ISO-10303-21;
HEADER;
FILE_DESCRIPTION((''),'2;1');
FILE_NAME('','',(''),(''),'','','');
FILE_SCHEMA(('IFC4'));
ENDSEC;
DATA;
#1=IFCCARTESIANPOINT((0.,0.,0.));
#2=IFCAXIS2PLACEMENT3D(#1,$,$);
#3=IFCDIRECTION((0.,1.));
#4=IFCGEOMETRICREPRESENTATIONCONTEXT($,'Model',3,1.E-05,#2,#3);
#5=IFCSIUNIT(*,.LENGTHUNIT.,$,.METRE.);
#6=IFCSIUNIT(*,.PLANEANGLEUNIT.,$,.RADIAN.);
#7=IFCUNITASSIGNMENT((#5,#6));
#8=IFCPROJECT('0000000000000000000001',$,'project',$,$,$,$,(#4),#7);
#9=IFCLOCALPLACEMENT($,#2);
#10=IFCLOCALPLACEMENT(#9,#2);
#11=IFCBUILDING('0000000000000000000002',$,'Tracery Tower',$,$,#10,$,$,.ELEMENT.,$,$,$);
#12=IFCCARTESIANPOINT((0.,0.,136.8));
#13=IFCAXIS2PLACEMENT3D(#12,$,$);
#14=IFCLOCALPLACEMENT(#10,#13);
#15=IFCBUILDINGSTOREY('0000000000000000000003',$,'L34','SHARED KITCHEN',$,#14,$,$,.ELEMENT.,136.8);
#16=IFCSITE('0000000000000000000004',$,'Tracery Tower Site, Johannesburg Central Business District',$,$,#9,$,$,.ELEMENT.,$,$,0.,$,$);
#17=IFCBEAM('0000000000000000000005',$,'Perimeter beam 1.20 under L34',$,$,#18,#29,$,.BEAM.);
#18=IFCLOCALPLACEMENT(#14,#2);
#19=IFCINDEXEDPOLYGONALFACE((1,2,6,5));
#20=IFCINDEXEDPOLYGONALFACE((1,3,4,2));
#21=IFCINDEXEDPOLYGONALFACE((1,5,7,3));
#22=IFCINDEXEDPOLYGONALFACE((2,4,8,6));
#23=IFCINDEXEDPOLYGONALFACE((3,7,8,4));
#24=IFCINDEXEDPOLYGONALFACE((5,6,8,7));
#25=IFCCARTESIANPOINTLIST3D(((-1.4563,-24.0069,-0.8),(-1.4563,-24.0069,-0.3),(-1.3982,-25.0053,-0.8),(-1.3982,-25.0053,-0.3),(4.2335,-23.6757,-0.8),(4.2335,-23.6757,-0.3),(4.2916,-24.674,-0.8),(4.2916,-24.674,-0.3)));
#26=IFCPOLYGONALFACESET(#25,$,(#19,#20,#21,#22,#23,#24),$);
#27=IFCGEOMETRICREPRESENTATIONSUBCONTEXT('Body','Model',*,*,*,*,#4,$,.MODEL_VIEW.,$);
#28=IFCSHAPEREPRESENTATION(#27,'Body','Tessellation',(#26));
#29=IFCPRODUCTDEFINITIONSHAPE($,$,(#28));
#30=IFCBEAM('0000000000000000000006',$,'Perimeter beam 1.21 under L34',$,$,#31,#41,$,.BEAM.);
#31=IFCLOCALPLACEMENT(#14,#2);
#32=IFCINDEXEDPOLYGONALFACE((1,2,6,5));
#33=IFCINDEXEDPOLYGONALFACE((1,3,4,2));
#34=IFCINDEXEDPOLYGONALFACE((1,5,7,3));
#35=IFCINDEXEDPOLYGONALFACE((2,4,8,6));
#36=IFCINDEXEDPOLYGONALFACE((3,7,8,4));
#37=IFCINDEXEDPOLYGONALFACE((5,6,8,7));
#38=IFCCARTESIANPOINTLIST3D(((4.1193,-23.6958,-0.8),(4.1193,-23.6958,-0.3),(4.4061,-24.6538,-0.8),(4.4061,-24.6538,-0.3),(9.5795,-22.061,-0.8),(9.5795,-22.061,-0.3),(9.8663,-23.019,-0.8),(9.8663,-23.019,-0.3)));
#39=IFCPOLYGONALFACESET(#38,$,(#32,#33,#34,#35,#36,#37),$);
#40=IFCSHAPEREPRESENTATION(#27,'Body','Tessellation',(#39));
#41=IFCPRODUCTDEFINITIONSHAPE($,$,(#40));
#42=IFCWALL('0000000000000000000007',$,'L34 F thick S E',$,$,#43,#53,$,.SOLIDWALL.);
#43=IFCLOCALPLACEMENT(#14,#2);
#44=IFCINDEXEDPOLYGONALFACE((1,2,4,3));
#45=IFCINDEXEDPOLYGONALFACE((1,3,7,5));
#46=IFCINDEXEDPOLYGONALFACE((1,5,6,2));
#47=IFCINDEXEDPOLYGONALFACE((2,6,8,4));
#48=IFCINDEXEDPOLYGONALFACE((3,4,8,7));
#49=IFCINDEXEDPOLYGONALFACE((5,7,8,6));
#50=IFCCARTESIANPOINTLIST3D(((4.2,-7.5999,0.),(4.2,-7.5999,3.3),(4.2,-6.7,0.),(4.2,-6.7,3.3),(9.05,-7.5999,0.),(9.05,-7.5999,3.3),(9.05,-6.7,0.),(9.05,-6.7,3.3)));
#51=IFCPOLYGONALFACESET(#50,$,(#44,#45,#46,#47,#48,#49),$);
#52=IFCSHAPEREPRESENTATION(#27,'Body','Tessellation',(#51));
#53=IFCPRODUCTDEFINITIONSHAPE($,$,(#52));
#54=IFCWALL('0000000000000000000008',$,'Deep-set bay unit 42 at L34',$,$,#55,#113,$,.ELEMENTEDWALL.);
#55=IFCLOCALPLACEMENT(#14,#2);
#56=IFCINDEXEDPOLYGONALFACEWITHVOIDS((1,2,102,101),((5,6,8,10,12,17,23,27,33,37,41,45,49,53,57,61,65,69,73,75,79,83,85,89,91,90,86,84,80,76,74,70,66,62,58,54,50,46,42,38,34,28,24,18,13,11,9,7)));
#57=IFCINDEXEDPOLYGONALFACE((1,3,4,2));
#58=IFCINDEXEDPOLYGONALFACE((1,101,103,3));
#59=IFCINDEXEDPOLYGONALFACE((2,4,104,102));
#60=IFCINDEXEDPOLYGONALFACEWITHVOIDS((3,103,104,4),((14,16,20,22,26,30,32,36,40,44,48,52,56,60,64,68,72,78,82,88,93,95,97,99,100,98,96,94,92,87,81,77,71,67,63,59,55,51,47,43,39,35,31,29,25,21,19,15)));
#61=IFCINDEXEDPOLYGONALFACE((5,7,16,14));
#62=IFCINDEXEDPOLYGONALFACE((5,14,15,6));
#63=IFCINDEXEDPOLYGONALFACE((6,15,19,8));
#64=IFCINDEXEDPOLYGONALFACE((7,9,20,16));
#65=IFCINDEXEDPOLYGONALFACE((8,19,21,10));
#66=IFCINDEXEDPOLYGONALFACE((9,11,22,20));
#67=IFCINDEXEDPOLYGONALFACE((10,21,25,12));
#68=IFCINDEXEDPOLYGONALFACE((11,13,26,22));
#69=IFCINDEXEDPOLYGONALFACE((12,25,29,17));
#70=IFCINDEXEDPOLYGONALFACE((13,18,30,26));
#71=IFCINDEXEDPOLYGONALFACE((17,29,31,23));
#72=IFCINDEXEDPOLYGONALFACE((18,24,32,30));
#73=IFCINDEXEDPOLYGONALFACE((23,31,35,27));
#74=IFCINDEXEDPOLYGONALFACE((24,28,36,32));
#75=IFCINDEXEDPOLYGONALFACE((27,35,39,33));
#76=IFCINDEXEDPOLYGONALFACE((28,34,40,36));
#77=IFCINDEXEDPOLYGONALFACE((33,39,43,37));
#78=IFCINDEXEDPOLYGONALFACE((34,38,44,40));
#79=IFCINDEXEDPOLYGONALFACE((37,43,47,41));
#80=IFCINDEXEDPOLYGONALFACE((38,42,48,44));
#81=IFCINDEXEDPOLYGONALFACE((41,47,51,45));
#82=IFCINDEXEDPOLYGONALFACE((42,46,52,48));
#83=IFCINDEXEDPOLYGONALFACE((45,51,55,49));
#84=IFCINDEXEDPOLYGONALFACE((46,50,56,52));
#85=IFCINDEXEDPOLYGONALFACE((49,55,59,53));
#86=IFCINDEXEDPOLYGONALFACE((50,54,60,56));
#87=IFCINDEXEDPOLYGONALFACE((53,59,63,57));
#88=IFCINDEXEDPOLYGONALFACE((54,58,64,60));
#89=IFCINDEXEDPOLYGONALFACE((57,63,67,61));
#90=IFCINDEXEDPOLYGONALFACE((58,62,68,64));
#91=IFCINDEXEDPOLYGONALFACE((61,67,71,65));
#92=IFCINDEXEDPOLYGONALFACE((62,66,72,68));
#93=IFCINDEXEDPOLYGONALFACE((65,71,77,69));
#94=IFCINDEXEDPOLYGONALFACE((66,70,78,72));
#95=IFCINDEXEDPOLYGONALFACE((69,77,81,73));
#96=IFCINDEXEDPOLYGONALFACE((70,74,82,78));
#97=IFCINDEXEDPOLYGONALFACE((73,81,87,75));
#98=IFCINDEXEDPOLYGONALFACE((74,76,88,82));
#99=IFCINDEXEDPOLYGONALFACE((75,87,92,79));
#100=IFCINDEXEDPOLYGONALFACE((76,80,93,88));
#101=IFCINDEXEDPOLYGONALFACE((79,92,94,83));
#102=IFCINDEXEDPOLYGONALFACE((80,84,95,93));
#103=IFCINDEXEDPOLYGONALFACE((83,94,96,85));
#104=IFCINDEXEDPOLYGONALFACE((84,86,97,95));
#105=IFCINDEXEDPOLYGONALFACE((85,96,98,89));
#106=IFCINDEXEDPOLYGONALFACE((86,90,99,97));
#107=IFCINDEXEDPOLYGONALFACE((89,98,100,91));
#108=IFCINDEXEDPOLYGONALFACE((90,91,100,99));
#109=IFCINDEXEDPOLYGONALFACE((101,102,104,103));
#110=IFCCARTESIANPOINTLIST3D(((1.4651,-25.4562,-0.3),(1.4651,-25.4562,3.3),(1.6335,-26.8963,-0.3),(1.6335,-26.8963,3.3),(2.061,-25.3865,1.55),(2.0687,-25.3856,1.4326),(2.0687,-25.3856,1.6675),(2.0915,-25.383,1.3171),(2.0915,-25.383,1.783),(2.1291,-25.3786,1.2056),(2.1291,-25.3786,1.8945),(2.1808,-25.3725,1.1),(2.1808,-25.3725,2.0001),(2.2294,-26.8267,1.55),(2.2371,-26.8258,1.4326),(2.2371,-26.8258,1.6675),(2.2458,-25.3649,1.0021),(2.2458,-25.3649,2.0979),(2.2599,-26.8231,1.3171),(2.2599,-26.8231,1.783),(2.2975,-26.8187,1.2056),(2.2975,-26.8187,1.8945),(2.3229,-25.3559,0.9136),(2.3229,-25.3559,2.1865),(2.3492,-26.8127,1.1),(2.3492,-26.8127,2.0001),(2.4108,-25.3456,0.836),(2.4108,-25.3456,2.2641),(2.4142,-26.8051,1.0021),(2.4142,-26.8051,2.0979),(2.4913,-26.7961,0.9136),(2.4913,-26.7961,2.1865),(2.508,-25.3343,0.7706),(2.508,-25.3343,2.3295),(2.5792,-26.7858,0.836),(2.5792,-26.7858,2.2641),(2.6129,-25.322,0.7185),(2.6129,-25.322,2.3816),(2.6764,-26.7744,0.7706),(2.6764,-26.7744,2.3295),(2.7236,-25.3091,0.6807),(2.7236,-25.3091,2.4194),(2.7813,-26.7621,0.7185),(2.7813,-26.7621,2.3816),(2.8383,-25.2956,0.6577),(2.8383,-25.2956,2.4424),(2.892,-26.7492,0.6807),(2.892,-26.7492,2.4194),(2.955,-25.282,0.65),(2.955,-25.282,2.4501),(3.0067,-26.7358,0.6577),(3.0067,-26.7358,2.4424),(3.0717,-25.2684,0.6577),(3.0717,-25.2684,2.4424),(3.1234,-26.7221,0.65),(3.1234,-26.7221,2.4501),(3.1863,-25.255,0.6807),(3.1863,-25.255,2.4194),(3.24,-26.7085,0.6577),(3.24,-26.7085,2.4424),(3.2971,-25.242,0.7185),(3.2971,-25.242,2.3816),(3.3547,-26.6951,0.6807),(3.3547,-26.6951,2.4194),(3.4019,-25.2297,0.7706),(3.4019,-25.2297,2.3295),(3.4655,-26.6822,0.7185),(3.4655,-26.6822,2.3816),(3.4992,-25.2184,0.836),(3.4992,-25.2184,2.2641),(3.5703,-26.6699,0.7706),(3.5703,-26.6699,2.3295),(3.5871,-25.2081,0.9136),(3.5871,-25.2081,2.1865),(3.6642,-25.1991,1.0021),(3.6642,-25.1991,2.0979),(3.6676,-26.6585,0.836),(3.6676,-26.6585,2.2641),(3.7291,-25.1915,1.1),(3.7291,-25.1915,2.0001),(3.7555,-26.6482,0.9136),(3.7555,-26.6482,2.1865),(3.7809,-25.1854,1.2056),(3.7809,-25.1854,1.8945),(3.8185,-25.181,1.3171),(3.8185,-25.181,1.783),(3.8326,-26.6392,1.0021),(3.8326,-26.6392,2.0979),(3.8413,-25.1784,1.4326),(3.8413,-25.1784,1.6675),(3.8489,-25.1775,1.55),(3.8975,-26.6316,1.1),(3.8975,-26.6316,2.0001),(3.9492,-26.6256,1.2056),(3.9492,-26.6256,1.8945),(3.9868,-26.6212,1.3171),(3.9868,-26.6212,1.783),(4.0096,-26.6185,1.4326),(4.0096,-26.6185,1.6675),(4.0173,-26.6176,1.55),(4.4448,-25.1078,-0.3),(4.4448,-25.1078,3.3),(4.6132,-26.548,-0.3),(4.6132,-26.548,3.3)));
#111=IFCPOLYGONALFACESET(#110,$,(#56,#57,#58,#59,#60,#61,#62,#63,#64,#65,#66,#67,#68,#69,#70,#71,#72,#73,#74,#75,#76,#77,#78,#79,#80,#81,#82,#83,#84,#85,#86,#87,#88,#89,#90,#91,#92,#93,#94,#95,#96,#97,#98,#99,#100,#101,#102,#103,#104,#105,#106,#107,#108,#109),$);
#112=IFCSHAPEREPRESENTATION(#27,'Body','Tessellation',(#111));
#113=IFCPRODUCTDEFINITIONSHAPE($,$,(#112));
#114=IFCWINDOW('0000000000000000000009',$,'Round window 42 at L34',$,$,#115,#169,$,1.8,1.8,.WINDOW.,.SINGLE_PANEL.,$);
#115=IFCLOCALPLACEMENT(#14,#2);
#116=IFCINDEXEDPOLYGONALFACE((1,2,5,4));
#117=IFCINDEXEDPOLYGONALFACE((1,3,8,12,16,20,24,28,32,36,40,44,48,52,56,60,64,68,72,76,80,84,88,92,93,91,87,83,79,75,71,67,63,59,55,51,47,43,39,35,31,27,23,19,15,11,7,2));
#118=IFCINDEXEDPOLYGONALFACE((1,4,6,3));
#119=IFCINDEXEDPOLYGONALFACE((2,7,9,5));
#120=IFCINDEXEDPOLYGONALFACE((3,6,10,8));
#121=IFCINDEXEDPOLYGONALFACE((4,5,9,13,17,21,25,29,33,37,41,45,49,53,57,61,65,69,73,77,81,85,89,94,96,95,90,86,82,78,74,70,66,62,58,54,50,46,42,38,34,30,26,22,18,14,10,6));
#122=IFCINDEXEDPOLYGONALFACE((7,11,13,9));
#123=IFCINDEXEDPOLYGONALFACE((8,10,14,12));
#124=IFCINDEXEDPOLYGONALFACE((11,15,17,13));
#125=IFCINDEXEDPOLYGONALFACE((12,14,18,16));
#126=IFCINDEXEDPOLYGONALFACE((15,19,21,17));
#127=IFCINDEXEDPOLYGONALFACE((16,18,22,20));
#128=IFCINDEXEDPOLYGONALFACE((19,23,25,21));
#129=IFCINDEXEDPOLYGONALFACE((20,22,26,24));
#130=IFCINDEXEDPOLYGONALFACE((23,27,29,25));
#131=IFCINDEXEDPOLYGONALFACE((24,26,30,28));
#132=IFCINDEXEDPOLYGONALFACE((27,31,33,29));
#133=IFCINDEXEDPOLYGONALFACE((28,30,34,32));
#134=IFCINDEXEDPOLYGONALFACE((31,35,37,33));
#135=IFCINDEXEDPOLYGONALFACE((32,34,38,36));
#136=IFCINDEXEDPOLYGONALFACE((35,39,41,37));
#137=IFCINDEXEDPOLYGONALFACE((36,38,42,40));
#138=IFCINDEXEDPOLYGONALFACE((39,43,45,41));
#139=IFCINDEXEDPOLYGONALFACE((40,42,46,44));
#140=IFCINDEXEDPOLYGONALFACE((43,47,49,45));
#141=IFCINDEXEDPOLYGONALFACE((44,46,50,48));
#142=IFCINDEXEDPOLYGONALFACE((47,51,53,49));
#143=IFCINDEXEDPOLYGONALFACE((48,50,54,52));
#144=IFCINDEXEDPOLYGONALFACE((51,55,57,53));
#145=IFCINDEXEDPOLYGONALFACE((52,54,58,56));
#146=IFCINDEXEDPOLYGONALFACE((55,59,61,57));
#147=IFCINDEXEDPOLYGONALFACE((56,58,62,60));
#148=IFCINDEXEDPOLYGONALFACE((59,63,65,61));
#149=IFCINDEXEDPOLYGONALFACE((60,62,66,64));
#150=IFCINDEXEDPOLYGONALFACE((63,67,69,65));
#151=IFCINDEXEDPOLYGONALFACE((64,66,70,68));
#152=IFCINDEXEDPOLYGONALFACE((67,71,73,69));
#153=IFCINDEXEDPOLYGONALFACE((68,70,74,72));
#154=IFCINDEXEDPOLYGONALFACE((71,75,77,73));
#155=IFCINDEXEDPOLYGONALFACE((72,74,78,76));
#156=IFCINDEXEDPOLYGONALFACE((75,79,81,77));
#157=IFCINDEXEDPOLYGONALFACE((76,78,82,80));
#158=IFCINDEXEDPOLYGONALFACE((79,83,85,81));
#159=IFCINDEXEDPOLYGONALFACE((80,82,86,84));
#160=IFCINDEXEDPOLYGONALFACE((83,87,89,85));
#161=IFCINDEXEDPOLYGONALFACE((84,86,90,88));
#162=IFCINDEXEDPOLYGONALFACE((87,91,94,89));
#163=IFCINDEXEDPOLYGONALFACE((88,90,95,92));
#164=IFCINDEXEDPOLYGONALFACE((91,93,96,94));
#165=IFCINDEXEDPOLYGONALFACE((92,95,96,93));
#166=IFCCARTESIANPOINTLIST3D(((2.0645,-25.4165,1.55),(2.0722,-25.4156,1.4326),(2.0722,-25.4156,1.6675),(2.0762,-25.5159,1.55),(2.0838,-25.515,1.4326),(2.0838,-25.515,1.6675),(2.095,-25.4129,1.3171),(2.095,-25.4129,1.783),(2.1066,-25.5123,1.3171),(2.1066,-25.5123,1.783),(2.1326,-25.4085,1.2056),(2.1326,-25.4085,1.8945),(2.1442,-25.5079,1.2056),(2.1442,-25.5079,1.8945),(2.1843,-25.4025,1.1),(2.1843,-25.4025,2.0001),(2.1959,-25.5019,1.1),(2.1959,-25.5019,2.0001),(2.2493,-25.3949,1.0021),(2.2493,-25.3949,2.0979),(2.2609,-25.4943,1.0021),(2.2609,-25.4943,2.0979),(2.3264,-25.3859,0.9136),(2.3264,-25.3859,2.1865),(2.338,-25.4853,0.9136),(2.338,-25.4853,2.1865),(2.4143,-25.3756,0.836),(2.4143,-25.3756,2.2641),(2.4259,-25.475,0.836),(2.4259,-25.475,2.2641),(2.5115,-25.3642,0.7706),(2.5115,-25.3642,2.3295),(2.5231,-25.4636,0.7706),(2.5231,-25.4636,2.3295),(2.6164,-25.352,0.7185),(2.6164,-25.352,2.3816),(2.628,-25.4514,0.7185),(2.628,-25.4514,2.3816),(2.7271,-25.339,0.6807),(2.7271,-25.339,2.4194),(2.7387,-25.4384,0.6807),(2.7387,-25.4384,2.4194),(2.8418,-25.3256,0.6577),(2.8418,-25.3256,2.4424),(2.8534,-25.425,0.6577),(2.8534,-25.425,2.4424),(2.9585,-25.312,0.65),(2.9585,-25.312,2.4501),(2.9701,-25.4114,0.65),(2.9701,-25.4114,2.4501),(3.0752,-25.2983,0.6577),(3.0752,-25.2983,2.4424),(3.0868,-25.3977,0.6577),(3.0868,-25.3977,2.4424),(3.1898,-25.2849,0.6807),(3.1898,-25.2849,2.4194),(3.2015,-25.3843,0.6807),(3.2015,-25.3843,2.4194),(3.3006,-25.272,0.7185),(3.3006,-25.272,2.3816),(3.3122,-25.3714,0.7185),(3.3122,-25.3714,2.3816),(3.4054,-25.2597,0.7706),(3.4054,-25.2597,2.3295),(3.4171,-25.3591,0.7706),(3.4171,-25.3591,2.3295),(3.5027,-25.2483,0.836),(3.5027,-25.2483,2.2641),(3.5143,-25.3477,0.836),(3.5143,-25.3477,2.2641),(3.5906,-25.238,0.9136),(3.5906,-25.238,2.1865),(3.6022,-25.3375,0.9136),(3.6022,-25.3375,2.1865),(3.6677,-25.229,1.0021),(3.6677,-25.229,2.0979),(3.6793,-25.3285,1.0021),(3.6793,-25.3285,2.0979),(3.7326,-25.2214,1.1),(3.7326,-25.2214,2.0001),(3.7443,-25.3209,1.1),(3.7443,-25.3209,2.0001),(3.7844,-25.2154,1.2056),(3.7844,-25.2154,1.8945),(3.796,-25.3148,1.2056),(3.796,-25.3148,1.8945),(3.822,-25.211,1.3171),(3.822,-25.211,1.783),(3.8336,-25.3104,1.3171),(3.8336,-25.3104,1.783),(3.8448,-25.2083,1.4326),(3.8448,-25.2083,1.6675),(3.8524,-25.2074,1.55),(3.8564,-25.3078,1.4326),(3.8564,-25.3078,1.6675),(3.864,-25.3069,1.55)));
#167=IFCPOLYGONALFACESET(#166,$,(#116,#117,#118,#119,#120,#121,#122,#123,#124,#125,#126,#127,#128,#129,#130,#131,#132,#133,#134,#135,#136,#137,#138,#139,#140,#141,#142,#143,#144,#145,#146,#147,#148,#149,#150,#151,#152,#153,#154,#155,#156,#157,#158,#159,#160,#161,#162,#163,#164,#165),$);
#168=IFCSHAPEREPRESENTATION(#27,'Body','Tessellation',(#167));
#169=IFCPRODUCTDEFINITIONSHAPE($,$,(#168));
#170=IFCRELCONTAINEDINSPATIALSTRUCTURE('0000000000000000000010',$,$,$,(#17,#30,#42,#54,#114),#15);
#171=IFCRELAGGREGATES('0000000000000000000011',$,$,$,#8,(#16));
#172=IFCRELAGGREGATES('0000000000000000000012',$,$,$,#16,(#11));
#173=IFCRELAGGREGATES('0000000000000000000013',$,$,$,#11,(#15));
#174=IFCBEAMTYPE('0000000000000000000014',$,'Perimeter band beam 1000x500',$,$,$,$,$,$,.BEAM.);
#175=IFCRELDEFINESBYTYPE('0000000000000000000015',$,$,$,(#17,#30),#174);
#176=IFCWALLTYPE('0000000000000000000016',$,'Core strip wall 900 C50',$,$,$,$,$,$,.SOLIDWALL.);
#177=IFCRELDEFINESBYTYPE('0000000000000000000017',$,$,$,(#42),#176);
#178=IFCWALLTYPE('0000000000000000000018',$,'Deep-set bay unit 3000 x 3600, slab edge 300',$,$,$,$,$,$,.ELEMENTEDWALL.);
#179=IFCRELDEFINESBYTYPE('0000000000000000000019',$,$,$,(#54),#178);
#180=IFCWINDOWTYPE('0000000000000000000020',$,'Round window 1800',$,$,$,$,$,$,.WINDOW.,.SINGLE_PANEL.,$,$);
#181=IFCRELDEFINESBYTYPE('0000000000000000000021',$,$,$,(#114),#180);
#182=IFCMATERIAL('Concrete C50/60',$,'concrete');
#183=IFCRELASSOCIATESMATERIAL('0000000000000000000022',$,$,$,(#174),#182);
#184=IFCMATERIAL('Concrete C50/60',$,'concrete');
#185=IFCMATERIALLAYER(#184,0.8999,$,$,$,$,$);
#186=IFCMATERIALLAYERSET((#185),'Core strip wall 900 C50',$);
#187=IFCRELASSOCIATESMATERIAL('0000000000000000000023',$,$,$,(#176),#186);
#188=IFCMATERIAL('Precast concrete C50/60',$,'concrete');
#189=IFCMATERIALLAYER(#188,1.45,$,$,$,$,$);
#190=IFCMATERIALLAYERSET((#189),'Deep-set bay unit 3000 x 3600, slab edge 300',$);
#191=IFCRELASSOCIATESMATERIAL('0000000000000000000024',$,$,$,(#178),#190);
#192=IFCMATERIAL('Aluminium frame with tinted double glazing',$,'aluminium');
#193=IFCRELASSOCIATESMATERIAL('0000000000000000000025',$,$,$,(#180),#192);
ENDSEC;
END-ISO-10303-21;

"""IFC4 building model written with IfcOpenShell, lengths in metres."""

from ifc_helpers import new_model, si_unit, direction, frame, frame_2d, origin, origin_2d, place, context, subcontext, project, spatial, rectangle, circle, extrude, material, layer, layer_set, material_profile, profile_set, type_object, element, fill, save


model = new_model("IFC4")

# Units and contexts
model_context = context("Model", 3, precision=1e-05, world=origin(), true_north=direction((0.0, 1.0)))
body_context = subcontext(model_context, "Body", "Model", "MODEL_VIEW")
ifc_project = project(units=[si_unit("LENGTHUNIT", "METRE"), si_unit("PLANEANGLEUNIT", "RADIAN")], contexts=[model_context])

# Site, building, storey
site_placement = place(None, origin())
site = spatial("IfcSite", under=ifc_project, at=site_placement, Name="Tracery Tower Site, Johannesburg Central Business District", CompositionType="ELEMENT", RefElevation=0.0)
building_placement = place(site_placement, origin())
building = spatial("IfcBuilding", under=site, at=building_placement, Name="Tracery Tower", CompositionType="ELEMENT")
storey_placement = place(building_placement, frame((0.0, 0.0, 136.8)))
storey = spatial("IfcBuildingStorey", under=building, at=storey_placement, Name="L34", Description="SHARED KITCHEN", CompositionType="ELEMENT", Elevation=136.8)

# Beams
ifc_material_1 = material(Name="Concrete C50/60", Category="concrete")
ifc_material_profile_1 = material_profile(ifc_material_1, rectangle(XDim=1.0, YDim=0.5, at=origin_2d()), Name="RC 1000x500")
ifc_profile_set_1 = profile_set([ifc_material_profile_1], Name="Concrete C50/60")
beam_type = type_object("IfcBeamType", Name="Perimeter band beam 1000x500", PredefinedType="BEAM", material=ifc_profile_set_1)
beam_1_placement = place(storey_placement, frame((-1.4272, -24.5061, -0.55), z_axis=(0.998309, 0.058127, 0.0), x_axis=(-0.058127, 0.998309, 0.0)))
element("IfcBeam", 1, at=beam_1_placement, inside=storey, type_object=beam_type, Name="Perimeter beam 1.20 under L34", PredefinedType="BEAM", context=body_context, shape_type="SweptSolid", body=[
    extrude(rectangle(XDim=1.0, YDim=0.5, at=origin_2d()), origin(), (0.0, 0.0, 1.0), 5.6995),
])
beam_2_placement = place(storey_placement, frame((4.2627, -24.1748, -0.55), z_axis=(0.957985, 0.286817, 0.0), x_axis=(-0.286817, 0.957985, 0.0)))
element("IfcBeam", 2, at=beam_2_placement, inside=storey, type_object=beam_type, Name="Perimeter beam 1.21 under L34", PredefinedType="BEAM", context=body_context, shape_type="SweptSolid", body=[
    extrude(rectangle(XDim=1.0, YDim=0.5, at=origin_2d()), origin(), (0.0, 0.0, 1.0), 5.6997),
])

# Wall
ifc_material_2 = material(Name="Concrete C50/60", Category="concrete")
ifc_layer_1 = layer(ifc_material_2, 0.8999)
ifc_layer_set_1 = layer_set([ifc_layer_1], Name="Core strip wall 900 C50")
wall_type_1 = type_object("IfcWallType", Name="Core strip wall 900 C50", PredefinedType="SOLIDWALL", material=ifc_layer_set_1)
wall_1_placement = place(storey_placement, frame((4.2, -7.1499, 0.0), z_axis=(0.0, 0.0, 1.0), x_axis=(1.0, 0.0, 0.0)))
element("IfcWall", 3, at=wall_1_placement, inside=storey, type_object=wall_type_1, Name="L34 F thick S E", PredefinedType="SOLIDWALL", context=body_context, shape_type="SweptSolid", body=[
    extrude(rectangle(XDim=4.8501, YDim=0.8999, at=frame_2d((2.425, 0.0))), origin(), (0.0, 0.0, 1.0), 3.3),
])

# Wall, opening, window
ifc_material_3 = material(Name="Precast concrete C50/60", Category="concrete")
ifc_layer_2 = layer(ifc_material_3, 1.45)
ifc_layer_set_2 = layer_set([ifc_layer_2], Name="Deep-set bay unit 3000 x 3600, slab edge 300")
wall_type_2 = type_object("IfcWallType", Name="Deep-set bay unit 3000 x 3600, slab edge 300", PredefinedType="ELEMENTEDWALL", material=ifc_layer_set_2)
wall_2_placement = place(storey_placement, frame((1.5493, -26.1763, -0.3), z_axis=(0.0, 0.0, 1.0), x_axis=(0.993234, 0.116128, 0.0)))
wall_2 = element("IfcWall", 4, at=wall_2_placement, inside=storey, type_object=wall_type_2, Name="Deep-set bay unit 42 at L34", PredefinedType="ELEMENTEDWALL", context=body_context, shape_type="SweptSolid", body=[
    extrude(rectangle(XDim=3.0, YDim=1.45, at=frame_2d((1.5, 0.0))), origin(), (0.0, 0.0, 1.0), 3.6001),
])
opening_1_placement = place(wall_2_placement, frame((1.5, 0.0, 1.8501)))
opening_1 = element("IfcOpeningElement", 5, at=opening_1_placement, cuts=wall_2, PredefinedType="OPENING", context=body_context, shape_type="SweptSolid", body=[
    extrude(circle(Radius=0.9, at=origin_2d()), frame((0.0, 0.7349, 0.0), z_axis=(0.0, -1.0, 0.0), x_axis=(1.0, 0.0, 0.0)), (0.0, 0.0, 1.0), 1.47),
])
ifc_material_4 = material(Name="Aluminium frame with tinted double glazing", Category="aluminium")
window_type = type_object("IfcWindowType", Name="Round window 1800", PartitioningType="SINGLE_PANEL", PredefinedType="WINDOW", material=ifc_material_4)
window_1_placement = place(opening_1_placement, origin())
window_1 = element("IfcWindow", 6, at=window_1_placement, inside=storey, type_object=window_type, Name="Round window 42 at L34", OverallHeight=1.8, OverallWidth=1.8, PartitioningType="SINGLE_PANEL", PredefinedType="WINDOW", context=body_context, shape_type="SweptSolid", body=[
    extrude(circle(Radius=0.9, at=origin_2d()), frame((0.0, 0.6948, 0.0), z_axis=(0.0, -1.0, 0.0), x_axis=(1.0, 0.0, 0.0)), (0.0, 0.0, 1.0), 0.1001),
])
fill(opening_1, window_1)

save(model, "model.ifc")
